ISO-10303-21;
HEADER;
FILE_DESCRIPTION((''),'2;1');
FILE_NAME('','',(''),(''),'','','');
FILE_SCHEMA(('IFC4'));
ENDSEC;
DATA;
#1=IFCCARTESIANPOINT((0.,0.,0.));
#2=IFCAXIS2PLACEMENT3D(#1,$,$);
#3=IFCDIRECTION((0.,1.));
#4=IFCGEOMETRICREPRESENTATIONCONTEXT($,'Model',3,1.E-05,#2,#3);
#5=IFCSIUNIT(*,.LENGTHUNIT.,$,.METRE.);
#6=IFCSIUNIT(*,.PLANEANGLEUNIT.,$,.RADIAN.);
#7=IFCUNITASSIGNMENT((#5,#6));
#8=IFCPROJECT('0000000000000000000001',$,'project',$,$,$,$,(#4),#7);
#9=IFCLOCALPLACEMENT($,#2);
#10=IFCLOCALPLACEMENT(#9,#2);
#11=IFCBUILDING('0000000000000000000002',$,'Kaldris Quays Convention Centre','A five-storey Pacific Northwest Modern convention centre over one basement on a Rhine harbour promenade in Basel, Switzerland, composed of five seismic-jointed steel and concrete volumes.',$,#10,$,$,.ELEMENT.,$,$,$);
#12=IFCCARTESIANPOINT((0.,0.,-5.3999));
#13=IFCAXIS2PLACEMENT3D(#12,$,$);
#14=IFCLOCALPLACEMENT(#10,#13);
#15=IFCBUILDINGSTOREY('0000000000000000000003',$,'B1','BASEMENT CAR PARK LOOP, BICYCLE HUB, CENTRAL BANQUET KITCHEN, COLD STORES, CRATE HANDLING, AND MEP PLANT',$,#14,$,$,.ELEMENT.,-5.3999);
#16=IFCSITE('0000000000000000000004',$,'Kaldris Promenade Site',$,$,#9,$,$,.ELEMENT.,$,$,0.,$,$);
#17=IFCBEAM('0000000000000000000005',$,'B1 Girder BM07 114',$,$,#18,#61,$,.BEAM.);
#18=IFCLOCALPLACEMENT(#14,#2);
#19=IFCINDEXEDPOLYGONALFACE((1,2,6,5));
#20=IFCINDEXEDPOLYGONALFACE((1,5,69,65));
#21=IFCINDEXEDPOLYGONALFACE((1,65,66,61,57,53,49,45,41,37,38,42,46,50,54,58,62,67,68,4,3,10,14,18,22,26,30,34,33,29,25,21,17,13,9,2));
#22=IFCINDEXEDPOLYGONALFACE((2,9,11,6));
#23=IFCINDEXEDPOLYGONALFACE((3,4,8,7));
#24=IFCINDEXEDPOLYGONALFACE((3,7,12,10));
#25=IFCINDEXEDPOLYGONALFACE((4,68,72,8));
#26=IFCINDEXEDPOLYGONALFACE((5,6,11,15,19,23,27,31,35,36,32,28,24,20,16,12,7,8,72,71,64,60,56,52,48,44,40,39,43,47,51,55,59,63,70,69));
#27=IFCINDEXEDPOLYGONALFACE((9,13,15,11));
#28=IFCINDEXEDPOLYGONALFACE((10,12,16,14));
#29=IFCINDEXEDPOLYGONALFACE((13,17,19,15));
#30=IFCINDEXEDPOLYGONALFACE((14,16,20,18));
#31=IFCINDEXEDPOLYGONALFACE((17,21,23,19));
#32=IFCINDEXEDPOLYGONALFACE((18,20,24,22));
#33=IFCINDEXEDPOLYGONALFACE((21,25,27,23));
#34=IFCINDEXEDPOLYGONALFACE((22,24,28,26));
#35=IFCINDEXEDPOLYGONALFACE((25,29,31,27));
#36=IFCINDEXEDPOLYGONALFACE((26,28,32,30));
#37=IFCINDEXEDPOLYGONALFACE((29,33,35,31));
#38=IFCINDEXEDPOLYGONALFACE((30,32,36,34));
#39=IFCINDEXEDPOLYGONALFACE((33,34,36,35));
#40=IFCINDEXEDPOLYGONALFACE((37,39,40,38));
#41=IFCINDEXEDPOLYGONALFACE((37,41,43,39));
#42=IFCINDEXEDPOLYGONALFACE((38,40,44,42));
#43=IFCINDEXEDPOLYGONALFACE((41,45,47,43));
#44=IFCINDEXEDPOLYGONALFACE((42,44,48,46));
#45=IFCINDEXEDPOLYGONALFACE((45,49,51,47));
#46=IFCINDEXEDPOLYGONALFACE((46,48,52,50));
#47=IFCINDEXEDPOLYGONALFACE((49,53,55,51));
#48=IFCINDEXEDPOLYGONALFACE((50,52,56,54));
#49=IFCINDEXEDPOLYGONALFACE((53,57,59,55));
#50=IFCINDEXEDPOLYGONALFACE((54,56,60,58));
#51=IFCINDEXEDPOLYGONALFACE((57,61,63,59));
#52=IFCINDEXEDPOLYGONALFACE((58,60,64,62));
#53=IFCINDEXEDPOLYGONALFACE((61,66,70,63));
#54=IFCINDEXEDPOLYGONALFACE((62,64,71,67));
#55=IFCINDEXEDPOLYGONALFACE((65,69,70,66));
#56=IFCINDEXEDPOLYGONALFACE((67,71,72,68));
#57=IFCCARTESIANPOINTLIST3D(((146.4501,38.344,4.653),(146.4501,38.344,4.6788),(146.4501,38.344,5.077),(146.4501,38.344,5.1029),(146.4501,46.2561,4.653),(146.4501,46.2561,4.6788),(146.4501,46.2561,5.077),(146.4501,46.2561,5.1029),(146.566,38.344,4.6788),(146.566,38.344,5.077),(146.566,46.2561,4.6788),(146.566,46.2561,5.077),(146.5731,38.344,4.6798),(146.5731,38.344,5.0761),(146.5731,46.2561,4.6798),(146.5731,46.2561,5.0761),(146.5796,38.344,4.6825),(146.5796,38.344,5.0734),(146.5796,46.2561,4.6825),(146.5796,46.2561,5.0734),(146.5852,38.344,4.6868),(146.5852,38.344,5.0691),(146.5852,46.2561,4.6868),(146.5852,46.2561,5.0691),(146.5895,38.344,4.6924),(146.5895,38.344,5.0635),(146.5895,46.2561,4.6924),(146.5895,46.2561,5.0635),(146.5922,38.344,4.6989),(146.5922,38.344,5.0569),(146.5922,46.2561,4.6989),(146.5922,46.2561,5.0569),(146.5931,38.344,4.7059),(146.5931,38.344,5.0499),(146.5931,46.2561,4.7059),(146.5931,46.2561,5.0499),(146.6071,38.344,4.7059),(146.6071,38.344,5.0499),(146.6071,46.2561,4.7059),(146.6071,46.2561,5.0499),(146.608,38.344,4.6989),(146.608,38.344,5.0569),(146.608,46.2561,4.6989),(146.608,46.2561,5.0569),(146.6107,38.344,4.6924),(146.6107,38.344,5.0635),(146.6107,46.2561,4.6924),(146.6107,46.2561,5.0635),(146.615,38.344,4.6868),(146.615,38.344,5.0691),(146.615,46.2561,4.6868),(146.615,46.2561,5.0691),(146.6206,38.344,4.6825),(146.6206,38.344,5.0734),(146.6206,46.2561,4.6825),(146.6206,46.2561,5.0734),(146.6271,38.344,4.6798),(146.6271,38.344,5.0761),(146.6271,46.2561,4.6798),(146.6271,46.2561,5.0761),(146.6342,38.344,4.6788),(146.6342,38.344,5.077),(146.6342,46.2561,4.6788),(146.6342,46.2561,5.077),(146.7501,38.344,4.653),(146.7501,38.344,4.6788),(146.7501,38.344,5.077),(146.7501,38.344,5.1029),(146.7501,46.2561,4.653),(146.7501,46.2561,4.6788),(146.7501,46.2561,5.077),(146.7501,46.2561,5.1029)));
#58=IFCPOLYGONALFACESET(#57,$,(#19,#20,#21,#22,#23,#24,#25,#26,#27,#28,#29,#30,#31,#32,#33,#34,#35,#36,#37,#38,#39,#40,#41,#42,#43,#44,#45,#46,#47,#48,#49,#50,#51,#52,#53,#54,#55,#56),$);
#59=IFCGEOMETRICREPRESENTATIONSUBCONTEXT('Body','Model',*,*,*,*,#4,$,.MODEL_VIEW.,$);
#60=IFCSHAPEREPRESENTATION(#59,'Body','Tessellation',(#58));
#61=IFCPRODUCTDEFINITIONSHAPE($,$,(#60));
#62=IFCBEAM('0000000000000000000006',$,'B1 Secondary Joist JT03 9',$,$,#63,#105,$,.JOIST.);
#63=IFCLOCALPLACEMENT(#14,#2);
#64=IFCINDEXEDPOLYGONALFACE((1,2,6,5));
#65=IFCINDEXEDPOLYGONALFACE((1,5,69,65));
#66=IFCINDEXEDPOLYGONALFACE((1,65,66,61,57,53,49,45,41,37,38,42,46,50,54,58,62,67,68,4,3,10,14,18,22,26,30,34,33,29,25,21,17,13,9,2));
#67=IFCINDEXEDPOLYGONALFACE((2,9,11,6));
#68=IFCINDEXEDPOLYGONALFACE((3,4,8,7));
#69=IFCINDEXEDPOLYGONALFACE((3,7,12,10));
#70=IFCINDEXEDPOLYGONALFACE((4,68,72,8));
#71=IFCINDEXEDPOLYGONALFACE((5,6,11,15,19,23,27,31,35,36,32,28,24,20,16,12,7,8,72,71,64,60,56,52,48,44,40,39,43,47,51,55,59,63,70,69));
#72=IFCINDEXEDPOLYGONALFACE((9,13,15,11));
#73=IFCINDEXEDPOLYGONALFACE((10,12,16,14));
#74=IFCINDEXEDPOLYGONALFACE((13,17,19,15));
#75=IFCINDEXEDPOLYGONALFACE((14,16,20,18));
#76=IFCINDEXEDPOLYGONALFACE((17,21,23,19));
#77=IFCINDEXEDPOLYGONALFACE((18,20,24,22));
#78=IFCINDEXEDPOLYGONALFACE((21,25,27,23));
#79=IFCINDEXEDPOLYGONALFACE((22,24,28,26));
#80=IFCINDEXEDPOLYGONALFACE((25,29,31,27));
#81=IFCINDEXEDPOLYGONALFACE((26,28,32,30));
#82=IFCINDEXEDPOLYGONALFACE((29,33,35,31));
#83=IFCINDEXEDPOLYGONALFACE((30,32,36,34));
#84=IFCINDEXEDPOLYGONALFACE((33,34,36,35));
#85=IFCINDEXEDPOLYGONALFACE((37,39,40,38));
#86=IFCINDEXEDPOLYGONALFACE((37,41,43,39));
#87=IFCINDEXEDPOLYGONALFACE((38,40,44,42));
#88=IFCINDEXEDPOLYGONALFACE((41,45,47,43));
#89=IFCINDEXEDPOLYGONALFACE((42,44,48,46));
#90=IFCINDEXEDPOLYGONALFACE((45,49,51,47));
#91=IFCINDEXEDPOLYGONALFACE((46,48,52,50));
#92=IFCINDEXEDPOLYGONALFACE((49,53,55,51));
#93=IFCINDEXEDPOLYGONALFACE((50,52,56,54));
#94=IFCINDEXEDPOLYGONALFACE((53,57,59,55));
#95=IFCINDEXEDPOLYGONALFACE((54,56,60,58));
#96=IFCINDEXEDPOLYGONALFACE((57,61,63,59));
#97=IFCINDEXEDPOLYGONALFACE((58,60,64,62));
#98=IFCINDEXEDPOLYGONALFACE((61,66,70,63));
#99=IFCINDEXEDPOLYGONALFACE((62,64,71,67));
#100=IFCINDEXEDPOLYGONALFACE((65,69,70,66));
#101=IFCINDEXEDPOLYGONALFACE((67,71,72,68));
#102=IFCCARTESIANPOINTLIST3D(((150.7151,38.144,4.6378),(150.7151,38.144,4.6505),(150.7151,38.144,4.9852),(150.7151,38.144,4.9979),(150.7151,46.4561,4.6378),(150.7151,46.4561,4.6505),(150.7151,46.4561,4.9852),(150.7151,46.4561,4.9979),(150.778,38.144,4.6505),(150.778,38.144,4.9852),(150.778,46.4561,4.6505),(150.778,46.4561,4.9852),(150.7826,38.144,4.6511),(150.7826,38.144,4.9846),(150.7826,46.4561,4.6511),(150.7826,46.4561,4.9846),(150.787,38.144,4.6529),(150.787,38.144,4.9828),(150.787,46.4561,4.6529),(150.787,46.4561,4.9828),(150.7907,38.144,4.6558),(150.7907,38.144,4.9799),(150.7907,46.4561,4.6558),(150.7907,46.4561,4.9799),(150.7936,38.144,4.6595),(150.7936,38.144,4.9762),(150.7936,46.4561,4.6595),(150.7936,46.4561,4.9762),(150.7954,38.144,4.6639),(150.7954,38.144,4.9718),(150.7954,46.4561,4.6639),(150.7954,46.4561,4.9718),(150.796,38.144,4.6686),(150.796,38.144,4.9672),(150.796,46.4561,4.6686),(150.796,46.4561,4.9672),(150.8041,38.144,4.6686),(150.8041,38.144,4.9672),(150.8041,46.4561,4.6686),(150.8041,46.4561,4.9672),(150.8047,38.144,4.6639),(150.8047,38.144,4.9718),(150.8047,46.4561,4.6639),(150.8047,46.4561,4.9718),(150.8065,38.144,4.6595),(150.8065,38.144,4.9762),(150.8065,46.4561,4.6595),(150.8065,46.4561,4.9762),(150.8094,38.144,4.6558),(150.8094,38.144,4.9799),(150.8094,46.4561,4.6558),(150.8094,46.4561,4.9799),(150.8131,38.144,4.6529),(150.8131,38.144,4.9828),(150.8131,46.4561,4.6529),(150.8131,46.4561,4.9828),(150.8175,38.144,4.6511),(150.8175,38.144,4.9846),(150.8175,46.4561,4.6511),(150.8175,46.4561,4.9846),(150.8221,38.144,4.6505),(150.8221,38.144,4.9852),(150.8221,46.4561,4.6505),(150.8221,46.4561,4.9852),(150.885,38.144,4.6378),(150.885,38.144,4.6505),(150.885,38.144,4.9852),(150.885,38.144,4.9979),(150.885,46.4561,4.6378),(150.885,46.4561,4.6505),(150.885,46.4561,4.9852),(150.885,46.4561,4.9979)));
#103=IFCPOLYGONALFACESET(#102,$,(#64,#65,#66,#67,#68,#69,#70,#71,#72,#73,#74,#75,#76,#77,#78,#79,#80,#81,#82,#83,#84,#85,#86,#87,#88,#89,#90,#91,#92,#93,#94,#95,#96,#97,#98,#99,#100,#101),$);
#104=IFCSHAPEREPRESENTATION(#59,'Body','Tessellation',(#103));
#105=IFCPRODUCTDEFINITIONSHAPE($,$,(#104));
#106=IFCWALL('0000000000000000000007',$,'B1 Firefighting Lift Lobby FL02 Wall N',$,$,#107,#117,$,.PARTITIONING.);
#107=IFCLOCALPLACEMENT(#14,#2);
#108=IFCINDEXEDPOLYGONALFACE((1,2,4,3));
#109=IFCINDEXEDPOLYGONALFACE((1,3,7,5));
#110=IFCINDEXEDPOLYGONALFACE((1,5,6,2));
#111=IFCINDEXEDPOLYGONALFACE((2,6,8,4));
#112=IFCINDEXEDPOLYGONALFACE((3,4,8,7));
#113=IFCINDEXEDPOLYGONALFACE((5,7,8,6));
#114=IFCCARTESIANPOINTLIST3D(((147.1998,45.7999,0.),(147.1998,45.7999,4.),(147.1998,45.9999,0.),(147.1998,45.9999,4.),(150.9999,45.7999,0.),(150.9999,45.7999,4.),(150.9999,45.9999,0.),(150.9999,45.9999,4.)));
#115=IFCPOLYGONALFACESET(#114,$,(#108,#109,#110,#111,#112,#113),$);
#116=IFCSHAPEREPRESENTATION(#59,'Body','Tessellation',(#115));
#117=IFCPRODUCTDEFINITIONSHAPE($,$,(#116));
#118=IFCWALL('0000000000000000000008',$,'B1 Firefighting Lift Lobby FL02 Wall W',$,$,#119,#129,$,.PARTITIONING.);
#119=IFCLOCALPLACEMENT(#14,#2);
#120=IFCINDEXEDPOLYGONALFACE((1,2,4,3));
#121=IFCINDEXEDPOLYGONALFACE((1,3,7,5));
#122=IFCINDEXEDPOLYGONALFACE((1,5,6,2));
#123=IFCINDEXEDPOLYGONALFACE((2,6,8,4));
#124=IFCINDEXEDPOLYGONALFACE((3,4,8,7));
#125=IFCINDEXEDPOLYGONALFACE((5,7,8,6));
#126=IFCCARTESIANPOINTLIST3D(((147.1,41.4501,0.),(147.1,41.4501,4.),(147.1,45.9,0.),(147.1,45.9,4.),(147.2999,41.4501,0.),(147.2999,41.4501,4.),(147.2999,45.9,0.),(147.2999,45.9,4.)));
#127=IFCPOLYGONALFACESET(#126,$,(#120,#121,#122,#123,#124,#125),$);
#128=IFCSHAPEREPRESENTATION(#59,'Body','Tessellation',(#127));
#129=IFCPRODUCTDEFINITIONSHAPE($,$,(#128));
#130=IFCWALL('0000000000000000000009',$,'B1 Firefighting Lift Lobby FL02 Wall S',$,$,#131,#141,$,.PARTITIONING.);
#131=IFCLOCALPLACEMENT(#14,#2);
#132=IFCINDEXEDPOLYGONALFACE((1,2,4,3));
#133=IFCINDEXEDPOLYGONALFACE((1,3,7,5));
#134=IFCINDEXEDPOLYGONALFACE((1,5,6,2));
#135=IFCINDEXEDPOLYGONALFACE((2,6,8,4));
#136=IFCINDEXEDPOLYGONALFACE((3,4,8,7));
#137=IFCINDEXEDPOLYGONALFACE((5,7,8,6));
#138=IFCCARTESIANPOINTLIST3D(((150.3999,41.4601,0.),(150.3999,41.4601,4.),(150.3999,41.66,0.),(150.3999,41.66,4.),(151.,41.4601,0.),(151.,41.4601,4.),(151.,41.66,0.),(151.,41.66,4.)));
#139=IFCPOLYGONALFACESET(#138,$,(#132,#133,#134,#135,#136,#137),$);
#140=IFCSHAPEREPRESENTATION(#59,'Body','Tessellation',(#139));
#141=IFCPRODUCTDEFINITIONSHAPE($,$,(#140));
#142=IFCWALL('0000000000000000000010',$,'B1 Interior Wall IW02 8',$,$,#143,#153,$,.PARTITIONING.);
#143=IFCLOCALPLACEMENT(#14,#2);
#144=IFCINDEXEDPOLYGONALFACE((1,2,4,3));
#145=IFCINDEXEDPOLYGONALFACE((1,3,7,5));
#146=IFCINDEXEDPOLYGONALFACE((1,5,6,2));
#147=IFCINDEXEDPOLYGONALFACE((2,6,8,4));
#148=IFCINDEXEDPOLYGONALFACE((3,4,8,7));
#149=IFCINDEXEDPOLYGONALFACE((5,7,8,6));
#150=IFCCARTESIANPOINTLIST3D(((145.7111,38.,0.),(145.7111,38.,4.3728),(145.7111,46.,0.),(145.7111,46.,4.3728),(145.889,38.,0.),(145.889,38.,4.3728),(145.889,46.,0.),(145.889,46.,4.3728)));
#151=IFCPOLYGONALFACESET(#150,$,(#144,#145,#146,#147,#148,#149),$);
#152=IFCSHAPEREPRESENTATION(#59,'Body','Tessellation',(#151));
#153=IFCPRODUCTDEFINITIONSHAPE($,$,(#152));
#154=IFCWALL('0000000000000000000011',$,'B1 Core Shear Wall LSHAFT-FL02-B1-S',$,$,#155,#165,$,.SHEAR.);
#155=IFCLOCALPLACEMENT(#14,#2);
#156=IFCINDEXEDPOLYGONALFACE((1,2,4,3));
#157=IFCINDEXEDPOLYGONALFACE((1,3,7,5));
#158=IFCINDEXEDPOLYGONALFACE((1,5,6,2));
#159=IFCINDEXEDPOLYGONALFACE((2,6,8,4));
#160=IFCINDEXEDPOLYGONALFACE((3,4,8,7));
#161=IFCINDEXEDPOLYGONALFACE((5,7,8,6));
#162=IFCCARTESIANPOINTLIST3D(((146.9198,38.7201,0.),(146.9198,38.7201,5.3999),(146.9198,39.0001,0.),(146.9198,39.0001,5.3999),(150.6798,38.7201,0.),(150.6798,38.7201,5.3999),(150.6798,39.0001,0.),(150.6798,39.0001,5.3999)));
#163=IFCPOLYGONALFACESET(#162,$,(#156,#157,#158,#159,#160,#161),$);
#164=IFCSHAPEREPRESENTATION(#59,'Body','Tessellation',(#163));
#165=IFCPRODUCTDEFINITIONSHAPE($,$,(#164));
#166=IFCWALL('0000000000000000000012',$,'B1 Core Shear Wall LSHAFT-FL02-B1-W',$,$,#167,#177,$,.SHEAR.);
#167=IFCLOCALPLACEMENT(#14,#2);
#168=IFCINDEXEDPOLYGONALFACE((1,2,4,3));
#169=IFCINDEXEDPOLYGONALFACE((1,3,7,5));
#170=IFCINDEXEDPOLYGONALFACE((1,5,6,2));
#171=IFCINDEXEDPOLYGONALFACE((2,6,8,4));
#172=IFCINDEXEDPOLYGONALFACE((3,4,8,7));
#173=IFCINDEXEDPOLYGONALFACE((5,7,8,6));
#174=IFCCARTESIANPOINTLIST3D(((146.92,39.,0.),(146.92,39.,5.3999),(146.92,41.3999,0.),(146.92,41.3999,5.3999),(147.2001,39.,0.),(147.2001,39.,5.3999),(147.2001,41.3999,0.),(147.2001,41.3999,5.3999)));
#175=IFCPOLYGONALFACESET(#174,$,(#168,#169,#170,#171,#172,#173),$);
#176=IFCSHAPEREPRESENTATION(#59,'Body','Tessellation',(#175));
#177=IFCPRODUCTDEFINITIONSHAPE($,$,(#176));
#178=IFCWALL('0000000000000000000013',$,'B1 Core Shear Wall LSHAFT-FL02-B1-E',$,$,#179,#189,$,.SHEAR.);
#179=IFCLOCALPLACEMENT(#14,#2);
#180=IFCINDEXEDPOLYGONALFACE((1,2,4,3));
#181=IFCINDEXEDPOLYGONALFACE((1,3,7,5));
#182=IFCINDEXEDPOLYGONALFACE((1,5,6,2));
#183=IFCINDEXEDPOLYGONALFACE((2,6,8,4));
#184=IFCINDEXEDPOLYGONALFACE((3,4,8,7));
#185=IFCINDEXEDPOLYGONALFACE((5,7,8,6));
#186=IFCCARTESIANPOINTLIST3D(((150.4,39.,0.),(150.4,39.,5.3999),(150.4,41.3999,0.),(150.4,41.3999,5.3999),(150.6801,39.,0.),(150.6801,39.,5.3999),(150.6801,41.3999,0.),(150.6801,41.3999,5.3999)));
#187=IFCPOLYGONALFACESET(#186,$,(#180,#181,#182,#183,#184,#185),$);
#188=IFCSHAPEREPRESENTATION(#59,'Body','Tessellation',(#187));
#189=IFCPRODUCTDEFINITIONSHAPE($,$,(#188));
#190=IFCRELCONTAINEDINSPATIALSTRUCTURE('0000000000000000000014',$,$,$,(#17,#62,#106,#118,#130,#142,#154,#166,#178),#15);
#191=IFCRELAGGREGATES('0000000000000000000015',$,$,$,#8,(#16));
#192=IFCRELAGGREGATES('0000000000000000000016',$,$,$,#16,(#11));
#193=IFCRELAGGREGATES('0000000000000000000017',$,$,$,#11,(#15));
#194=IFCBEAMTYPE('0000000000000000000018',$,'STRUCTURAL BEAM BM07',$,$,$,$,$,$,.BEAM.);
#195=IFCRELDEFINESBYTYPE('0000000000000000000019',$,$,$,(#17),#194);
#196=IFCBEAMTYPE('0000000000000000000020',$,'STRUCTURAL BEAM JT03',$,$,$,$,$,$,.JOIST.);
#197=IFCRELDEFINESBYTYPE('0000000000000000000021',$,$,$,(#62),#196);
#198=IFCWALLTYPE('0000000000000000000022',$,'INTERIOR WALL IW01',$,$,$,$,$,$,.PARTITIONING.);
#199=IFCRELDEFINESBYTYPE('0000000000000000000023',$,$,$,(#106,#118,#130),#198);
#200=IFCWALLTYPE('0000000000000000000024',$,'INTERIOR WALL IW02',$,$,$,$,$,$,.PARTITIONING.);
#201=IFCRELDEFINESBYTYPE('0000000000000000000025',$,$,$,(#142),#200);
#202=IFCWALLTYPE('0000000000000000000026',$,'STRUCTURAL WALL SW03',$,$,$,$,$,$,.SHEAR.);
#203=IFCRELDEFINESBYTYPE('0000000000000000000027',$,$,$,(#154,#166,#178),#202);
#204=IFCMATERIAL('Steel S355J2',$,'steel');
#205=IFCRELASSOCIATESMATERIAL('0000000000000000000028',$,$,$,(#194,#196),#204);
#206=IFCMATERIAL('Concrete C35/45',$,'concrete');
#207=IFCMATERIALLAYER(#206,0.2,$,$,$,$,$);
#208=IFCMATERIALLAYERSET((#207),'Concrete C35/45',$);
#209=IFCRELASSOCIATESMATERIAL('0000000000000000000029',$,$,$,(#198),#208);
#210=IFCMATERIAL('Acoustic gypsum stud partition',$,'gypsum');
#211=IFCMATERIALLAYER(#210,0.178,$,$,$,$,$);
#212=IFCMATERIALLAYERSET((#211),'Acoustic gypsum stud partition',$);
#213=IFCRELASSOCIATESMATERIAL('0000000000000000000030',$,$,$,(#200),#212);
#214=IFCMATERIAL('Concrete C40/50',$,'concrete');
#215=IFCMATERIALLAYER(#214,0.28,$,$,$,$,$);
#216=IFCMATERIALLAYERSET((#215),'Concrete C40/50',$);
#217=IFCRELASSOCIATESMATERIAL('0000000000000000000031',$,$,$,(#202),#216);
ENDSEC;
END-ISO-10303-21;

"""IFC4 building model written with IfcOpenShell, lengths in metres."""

from ifc_helpers import new_model, si_unit, direction, frame, frame_2d, origin, origin_2d, place, context, subcontext, project, spatial, rectangle, i_section, extrude, material, layer, layer_set, material_profile, profile_set, type_object, element, save


model = new_model("IFC4")

# Units and contexts
model_context = context("Model", 3, precision=1e-05, world=origin(), true_north=direction((0.0, 1.0)))
body_context = subcontext(model_context, "Body", "Model", "MODEL_VIEW")
ifc_project = project(units=[si_unit("LENGTHUNIT", "METRE"), si_unit("PLANEANGLEUNIT", "RADIAN")], contexts=[model_context])

# Site, building, storey
site_placement = place(None, origin())
site = spatial("IfcSite", under=ifc_project, at=site_placement, Name="Kaldris Promenade Site", CompositionType="ELEMENT", RefElevation=0.0)
building_placement = place(site_placement, origin())
building = spatial("IfcBuilding", under=site, at=building_placement, Name="Kaldris Quays Convention Centre", Description="A five-storey Pacific Northwest Modern convention centre over one basement on a Rhine harbour promenade in Basel, Switzerland, composed of five seismic-jointed steel and concrete volumes.", CompositionType="ELEMENT")
storey_placement = place(building_placement, frame((0.0, 0.0, -5.3999)))
storey = spatial("IfcBuildingStorey", under=building, at=storey_placement, Name="B1", Description="BASEMENT CAR PARK LOOP, BICYCLE HUB, CENTRAL BANQUET KITCHEN, COLD STORES, CRATE HANDLING, AND MEP PLANT", CompositionType="ELEMENT", Elevation=-5.3999)

# Shared definitions
ifc_material_1 = material(Name="Concrete C35/45", Category="concrete")

# Shared definitions
ifc_material_2 = material(Name="Steel S355J2", Category="steel")

# Beams
ifc_material_profile_1 = material_profile(ifc_material_2, i_section(OverallWidth=0.3, OverallDepth=0.45, WebThickness=0.0139, FlangeThickness=0.0259, FilletRadius=0.0271, at=origin_2d()), Name="HEB 450")
ifc_profile_set_1 = profile_set([ifc_material_profile_1], Name="Steel S355J2")
beam_type_1 = type_object("IfcBeamType", Name="STRUCTURAL BEAM BM07", PredefinedType="BEAM", material=ifc_profile_set_1)
for number, where, z_axis, x_axis, name in (
    (1, (146.6001, 38.344, 4.8779), (0.0, 1.0, 0.0), (-1.0, 0.0, 0.0), "B1 Girder BM07 114"),
):
    element("IfcBeam", number, at=place(storey_placement, frame(where, z_axis=z_axis, x_axis=x_axis)), inside=storey, type_object=beam_type_1, Name=name, PredefinedType="BEAM", context=body_context, shape_type="SweptSolid", body=[
        extrude(i_section(OverallWidth=0.3, OverallDepth=0.45, WebThickness=0.0139, FlangeThickness=0.0259, FilletRadius=0.0271, at=origin_2d()), origin(), (0.0, 0.0, 1.0), 7.9121),
    ])
ifc_material_profile_2 = material_profile(ifc_material_2, i_section(OverallWidth=0.1699, OverallDepth=0.3601, WebThickness=0.0081, FlangeThickness=0.0127, FilletRadius=0.0181, at=origin_2d()), Name="IPE 360")
ifc_profile_set_2 = profile_set([ifc_material_profile_2], Name="Steel S355J2")
beam_type_2 = type_object("IfcBeamType", Name="STRUCTURAL BEAM JT03", PredefinedType="JOIST", material=ifc_profile_set_2)
beam_1_placement = place(storey_placement, frame((150.8, 38.144, 4.8179), z_axis=(0.0, 1.0, 0.0), x_axis=(-1.0, 0.0, 0.0)))
element("IfcBeam", 2, at=beam_1_placement, inside=storey, type_object=beam_type_2, Name="B1 Secondary Joist JT03 9", PredefinedType="JOIST", context=body_context, shape_type="SweptSolid", body=[
    extrude(i_section(OverallWidth=0.1699, OverallDepth=0.3601, WebThickness=0.0081, FlangeThickness=0.0127, FilletRadius=0.0181, at=origin_2d()), origin(), (0.0, 0.0, 1.0), 8.312),
])

# Walls
ifc_layer_1 = layer(ifc_material_1, 0.2)
ifc_layer_set_1 = layer_set([ifc_layer_1], Name="Concrete C35/45")
wall_type_1 = type_object("IfcWallType", Name="INTERIOR WALL IW01", PredefinedType="PARTITIONING", material=ifc_layer_set_1)
wall_1_placement = place(storey_placement, frame((147.2, 45.8999, 0.0), z_axis=(0.0, 0.0, 1.0), x_axis=(1.0, 0.0, 0.0)))
element("IfcWall", 3, at=wall_1_placement, inside=storey, type_object=wall_type_1, Name="B1 Firefighting Lift Lobby FL02 Wall N", PredefinedType="PARTITIONING", context=body_context, shape_type="SweptSolid", body=[
    extrude(rectangle(XDim=3.8, YDim=0.2, at=frame_2d((1.8999, 0.0))), origin(), (0.0, 0.0, 1.0), 4.0),
])
wall_2_placement = place(storey_placement, frame((147.2, 41.45, 0.0), z_axis=(0.0, 0.0, 1.0), x_axis=(0.0, 1.0, 0.0)))
element("IfcWall", 4, at=wall_2_placement, inside=storey, type_object=wall_type_1, Name="B1 Firefighting Lift Lobby FL02 Wall W", PredefinedType="PARTITIONING", context=body_context, shape_type="SweptSolid", body=[
    extrude(rectangle(XDim=4.45, YDim=0.2, at=frame_2d((2.2251, 0.0))), origin(), (0.0, 0.0, 1.0), 4.0),
])
wall_3_placement = place(storey_placement, frame((150.3999, 41.5601, 0.0), z_axis=(0.0, 0.0, 1.0), x_axis=(1.0, 0.0, 0.0)))
element("IfcWall", 5, at=wall_3_placement, inside=storey, type_object=wall_type_1, Name="B1 Firefighting Lift Lobby FL02 Wall S", PredefinedType="PARTITIONING", context=body_context, shape_type="SweptSolid", body=[
    extrude(rectangle(XDim=0.6001, YDim=0.2, at=frame_2d((0.3, 0.0))), origin(), (0.0, 0.0, 1.0), 4.0),
])
ifc_material_3 = material(Name="Acoustic gypsum stud partition", Category="gypsum")
ifc_layer_2 = layer(ifc_material_3, 0.178)
ifc_layer_set_2 = layer_set([ifc_layer_2], Name="Acoustic gypsum stud partition")
wall_type_2 = type_object("IfcWallType", Name="INTERIOR WALL IW02", PredefinedType="PARTITIONING", material=ifc_layer_set_2)
wall_4_placement = place(storey_placement, frame((145.8, 38.0, 0.0), z_axis=(0.0, 0.0, 1.0), x_axis=(0.0, 1.0, 0.0)))
element("IfcWall", 6, at=wall_4_placement, inside=storey, type_object=wall_type_2, Name="B1 Interior Wall IW02 8", PredefinedType="PARTITIONING", context=body_context, shape_type="SweptSolid", body=[
    extrude(rectangle(XDim=8.0, YDim=0.178, at=frame_2d((4.0, 0.0))), origin(), (0.0, 0.0, 1.0), 4.3728),
])
ifc_material_4 = material(Name="Concrete C40/50", Category="concrete")
ifc_layer_3 = layer(ifc_material_4, 0.28)
ifc_layer_set_3 = layer_set([ifc_layer_3], Name="Concrete C40/50")
wall_type_3 = type_object("IfcWallType", Name="STRUCTURAL WALL SW03", PredefinedType="SHEAR", material=ifc_layer_set_3)
wall_5_placement = place(storey_placement, frame((146.9199, 38.8601, 0.0), z_axis=(0.0, 0.0, 1.0), x_axis=(1.0, 0.0, 0.0)))
element("IfcWall", 7, at=wall_5_placement, inside=storey, type_object=wall_type_3, Name="B1 Core Shear Wall LSHAFT-FL02-B1-S", PredefinedType="SHEAR", context=body_context, shape_type="SweptSolid", body=[
    extrude(rectangle(XDim=3.76, YDim=0.28, at=frame_2d((1.8799, 0.0))), origin(), (0.0, 0.0, 1.0), 5.3999),
])

# Walls
for number, where, z_axis, x_axis, name in (
    (8, (147.0601, 39.0, 0.0), (0.0, 0.0, 1.0), (0.0, 1.0, 0.0), "B1 Core Shear Wall LSHAFT-FL02-B1-W"),
    (9, (150.54, 39.0, 0.0), (0.0, 0.0, 1.0), (0.0, 1.0, 0.0), "B1 Core Shear Wall LSHAFT-FL02-B1-E"),
):
    element("IfcWall", number, at=place(storey_placement, frame(where, z_axis=z_axis, x_axis=x_axis)), inside=storey, type_object=wall_type_3, Name=name, PredefinedType="SHEAR", context=body_context, shape_type="SweptSolid", body=[
        extrude(rectangle(XDim=2.3999, YDim=0.28, at=frame_2d((1.2, 0.0))), origin(), (0.0, 0.0, 1.0), 5.3999),
    ])

save(model, "model.ifc")
